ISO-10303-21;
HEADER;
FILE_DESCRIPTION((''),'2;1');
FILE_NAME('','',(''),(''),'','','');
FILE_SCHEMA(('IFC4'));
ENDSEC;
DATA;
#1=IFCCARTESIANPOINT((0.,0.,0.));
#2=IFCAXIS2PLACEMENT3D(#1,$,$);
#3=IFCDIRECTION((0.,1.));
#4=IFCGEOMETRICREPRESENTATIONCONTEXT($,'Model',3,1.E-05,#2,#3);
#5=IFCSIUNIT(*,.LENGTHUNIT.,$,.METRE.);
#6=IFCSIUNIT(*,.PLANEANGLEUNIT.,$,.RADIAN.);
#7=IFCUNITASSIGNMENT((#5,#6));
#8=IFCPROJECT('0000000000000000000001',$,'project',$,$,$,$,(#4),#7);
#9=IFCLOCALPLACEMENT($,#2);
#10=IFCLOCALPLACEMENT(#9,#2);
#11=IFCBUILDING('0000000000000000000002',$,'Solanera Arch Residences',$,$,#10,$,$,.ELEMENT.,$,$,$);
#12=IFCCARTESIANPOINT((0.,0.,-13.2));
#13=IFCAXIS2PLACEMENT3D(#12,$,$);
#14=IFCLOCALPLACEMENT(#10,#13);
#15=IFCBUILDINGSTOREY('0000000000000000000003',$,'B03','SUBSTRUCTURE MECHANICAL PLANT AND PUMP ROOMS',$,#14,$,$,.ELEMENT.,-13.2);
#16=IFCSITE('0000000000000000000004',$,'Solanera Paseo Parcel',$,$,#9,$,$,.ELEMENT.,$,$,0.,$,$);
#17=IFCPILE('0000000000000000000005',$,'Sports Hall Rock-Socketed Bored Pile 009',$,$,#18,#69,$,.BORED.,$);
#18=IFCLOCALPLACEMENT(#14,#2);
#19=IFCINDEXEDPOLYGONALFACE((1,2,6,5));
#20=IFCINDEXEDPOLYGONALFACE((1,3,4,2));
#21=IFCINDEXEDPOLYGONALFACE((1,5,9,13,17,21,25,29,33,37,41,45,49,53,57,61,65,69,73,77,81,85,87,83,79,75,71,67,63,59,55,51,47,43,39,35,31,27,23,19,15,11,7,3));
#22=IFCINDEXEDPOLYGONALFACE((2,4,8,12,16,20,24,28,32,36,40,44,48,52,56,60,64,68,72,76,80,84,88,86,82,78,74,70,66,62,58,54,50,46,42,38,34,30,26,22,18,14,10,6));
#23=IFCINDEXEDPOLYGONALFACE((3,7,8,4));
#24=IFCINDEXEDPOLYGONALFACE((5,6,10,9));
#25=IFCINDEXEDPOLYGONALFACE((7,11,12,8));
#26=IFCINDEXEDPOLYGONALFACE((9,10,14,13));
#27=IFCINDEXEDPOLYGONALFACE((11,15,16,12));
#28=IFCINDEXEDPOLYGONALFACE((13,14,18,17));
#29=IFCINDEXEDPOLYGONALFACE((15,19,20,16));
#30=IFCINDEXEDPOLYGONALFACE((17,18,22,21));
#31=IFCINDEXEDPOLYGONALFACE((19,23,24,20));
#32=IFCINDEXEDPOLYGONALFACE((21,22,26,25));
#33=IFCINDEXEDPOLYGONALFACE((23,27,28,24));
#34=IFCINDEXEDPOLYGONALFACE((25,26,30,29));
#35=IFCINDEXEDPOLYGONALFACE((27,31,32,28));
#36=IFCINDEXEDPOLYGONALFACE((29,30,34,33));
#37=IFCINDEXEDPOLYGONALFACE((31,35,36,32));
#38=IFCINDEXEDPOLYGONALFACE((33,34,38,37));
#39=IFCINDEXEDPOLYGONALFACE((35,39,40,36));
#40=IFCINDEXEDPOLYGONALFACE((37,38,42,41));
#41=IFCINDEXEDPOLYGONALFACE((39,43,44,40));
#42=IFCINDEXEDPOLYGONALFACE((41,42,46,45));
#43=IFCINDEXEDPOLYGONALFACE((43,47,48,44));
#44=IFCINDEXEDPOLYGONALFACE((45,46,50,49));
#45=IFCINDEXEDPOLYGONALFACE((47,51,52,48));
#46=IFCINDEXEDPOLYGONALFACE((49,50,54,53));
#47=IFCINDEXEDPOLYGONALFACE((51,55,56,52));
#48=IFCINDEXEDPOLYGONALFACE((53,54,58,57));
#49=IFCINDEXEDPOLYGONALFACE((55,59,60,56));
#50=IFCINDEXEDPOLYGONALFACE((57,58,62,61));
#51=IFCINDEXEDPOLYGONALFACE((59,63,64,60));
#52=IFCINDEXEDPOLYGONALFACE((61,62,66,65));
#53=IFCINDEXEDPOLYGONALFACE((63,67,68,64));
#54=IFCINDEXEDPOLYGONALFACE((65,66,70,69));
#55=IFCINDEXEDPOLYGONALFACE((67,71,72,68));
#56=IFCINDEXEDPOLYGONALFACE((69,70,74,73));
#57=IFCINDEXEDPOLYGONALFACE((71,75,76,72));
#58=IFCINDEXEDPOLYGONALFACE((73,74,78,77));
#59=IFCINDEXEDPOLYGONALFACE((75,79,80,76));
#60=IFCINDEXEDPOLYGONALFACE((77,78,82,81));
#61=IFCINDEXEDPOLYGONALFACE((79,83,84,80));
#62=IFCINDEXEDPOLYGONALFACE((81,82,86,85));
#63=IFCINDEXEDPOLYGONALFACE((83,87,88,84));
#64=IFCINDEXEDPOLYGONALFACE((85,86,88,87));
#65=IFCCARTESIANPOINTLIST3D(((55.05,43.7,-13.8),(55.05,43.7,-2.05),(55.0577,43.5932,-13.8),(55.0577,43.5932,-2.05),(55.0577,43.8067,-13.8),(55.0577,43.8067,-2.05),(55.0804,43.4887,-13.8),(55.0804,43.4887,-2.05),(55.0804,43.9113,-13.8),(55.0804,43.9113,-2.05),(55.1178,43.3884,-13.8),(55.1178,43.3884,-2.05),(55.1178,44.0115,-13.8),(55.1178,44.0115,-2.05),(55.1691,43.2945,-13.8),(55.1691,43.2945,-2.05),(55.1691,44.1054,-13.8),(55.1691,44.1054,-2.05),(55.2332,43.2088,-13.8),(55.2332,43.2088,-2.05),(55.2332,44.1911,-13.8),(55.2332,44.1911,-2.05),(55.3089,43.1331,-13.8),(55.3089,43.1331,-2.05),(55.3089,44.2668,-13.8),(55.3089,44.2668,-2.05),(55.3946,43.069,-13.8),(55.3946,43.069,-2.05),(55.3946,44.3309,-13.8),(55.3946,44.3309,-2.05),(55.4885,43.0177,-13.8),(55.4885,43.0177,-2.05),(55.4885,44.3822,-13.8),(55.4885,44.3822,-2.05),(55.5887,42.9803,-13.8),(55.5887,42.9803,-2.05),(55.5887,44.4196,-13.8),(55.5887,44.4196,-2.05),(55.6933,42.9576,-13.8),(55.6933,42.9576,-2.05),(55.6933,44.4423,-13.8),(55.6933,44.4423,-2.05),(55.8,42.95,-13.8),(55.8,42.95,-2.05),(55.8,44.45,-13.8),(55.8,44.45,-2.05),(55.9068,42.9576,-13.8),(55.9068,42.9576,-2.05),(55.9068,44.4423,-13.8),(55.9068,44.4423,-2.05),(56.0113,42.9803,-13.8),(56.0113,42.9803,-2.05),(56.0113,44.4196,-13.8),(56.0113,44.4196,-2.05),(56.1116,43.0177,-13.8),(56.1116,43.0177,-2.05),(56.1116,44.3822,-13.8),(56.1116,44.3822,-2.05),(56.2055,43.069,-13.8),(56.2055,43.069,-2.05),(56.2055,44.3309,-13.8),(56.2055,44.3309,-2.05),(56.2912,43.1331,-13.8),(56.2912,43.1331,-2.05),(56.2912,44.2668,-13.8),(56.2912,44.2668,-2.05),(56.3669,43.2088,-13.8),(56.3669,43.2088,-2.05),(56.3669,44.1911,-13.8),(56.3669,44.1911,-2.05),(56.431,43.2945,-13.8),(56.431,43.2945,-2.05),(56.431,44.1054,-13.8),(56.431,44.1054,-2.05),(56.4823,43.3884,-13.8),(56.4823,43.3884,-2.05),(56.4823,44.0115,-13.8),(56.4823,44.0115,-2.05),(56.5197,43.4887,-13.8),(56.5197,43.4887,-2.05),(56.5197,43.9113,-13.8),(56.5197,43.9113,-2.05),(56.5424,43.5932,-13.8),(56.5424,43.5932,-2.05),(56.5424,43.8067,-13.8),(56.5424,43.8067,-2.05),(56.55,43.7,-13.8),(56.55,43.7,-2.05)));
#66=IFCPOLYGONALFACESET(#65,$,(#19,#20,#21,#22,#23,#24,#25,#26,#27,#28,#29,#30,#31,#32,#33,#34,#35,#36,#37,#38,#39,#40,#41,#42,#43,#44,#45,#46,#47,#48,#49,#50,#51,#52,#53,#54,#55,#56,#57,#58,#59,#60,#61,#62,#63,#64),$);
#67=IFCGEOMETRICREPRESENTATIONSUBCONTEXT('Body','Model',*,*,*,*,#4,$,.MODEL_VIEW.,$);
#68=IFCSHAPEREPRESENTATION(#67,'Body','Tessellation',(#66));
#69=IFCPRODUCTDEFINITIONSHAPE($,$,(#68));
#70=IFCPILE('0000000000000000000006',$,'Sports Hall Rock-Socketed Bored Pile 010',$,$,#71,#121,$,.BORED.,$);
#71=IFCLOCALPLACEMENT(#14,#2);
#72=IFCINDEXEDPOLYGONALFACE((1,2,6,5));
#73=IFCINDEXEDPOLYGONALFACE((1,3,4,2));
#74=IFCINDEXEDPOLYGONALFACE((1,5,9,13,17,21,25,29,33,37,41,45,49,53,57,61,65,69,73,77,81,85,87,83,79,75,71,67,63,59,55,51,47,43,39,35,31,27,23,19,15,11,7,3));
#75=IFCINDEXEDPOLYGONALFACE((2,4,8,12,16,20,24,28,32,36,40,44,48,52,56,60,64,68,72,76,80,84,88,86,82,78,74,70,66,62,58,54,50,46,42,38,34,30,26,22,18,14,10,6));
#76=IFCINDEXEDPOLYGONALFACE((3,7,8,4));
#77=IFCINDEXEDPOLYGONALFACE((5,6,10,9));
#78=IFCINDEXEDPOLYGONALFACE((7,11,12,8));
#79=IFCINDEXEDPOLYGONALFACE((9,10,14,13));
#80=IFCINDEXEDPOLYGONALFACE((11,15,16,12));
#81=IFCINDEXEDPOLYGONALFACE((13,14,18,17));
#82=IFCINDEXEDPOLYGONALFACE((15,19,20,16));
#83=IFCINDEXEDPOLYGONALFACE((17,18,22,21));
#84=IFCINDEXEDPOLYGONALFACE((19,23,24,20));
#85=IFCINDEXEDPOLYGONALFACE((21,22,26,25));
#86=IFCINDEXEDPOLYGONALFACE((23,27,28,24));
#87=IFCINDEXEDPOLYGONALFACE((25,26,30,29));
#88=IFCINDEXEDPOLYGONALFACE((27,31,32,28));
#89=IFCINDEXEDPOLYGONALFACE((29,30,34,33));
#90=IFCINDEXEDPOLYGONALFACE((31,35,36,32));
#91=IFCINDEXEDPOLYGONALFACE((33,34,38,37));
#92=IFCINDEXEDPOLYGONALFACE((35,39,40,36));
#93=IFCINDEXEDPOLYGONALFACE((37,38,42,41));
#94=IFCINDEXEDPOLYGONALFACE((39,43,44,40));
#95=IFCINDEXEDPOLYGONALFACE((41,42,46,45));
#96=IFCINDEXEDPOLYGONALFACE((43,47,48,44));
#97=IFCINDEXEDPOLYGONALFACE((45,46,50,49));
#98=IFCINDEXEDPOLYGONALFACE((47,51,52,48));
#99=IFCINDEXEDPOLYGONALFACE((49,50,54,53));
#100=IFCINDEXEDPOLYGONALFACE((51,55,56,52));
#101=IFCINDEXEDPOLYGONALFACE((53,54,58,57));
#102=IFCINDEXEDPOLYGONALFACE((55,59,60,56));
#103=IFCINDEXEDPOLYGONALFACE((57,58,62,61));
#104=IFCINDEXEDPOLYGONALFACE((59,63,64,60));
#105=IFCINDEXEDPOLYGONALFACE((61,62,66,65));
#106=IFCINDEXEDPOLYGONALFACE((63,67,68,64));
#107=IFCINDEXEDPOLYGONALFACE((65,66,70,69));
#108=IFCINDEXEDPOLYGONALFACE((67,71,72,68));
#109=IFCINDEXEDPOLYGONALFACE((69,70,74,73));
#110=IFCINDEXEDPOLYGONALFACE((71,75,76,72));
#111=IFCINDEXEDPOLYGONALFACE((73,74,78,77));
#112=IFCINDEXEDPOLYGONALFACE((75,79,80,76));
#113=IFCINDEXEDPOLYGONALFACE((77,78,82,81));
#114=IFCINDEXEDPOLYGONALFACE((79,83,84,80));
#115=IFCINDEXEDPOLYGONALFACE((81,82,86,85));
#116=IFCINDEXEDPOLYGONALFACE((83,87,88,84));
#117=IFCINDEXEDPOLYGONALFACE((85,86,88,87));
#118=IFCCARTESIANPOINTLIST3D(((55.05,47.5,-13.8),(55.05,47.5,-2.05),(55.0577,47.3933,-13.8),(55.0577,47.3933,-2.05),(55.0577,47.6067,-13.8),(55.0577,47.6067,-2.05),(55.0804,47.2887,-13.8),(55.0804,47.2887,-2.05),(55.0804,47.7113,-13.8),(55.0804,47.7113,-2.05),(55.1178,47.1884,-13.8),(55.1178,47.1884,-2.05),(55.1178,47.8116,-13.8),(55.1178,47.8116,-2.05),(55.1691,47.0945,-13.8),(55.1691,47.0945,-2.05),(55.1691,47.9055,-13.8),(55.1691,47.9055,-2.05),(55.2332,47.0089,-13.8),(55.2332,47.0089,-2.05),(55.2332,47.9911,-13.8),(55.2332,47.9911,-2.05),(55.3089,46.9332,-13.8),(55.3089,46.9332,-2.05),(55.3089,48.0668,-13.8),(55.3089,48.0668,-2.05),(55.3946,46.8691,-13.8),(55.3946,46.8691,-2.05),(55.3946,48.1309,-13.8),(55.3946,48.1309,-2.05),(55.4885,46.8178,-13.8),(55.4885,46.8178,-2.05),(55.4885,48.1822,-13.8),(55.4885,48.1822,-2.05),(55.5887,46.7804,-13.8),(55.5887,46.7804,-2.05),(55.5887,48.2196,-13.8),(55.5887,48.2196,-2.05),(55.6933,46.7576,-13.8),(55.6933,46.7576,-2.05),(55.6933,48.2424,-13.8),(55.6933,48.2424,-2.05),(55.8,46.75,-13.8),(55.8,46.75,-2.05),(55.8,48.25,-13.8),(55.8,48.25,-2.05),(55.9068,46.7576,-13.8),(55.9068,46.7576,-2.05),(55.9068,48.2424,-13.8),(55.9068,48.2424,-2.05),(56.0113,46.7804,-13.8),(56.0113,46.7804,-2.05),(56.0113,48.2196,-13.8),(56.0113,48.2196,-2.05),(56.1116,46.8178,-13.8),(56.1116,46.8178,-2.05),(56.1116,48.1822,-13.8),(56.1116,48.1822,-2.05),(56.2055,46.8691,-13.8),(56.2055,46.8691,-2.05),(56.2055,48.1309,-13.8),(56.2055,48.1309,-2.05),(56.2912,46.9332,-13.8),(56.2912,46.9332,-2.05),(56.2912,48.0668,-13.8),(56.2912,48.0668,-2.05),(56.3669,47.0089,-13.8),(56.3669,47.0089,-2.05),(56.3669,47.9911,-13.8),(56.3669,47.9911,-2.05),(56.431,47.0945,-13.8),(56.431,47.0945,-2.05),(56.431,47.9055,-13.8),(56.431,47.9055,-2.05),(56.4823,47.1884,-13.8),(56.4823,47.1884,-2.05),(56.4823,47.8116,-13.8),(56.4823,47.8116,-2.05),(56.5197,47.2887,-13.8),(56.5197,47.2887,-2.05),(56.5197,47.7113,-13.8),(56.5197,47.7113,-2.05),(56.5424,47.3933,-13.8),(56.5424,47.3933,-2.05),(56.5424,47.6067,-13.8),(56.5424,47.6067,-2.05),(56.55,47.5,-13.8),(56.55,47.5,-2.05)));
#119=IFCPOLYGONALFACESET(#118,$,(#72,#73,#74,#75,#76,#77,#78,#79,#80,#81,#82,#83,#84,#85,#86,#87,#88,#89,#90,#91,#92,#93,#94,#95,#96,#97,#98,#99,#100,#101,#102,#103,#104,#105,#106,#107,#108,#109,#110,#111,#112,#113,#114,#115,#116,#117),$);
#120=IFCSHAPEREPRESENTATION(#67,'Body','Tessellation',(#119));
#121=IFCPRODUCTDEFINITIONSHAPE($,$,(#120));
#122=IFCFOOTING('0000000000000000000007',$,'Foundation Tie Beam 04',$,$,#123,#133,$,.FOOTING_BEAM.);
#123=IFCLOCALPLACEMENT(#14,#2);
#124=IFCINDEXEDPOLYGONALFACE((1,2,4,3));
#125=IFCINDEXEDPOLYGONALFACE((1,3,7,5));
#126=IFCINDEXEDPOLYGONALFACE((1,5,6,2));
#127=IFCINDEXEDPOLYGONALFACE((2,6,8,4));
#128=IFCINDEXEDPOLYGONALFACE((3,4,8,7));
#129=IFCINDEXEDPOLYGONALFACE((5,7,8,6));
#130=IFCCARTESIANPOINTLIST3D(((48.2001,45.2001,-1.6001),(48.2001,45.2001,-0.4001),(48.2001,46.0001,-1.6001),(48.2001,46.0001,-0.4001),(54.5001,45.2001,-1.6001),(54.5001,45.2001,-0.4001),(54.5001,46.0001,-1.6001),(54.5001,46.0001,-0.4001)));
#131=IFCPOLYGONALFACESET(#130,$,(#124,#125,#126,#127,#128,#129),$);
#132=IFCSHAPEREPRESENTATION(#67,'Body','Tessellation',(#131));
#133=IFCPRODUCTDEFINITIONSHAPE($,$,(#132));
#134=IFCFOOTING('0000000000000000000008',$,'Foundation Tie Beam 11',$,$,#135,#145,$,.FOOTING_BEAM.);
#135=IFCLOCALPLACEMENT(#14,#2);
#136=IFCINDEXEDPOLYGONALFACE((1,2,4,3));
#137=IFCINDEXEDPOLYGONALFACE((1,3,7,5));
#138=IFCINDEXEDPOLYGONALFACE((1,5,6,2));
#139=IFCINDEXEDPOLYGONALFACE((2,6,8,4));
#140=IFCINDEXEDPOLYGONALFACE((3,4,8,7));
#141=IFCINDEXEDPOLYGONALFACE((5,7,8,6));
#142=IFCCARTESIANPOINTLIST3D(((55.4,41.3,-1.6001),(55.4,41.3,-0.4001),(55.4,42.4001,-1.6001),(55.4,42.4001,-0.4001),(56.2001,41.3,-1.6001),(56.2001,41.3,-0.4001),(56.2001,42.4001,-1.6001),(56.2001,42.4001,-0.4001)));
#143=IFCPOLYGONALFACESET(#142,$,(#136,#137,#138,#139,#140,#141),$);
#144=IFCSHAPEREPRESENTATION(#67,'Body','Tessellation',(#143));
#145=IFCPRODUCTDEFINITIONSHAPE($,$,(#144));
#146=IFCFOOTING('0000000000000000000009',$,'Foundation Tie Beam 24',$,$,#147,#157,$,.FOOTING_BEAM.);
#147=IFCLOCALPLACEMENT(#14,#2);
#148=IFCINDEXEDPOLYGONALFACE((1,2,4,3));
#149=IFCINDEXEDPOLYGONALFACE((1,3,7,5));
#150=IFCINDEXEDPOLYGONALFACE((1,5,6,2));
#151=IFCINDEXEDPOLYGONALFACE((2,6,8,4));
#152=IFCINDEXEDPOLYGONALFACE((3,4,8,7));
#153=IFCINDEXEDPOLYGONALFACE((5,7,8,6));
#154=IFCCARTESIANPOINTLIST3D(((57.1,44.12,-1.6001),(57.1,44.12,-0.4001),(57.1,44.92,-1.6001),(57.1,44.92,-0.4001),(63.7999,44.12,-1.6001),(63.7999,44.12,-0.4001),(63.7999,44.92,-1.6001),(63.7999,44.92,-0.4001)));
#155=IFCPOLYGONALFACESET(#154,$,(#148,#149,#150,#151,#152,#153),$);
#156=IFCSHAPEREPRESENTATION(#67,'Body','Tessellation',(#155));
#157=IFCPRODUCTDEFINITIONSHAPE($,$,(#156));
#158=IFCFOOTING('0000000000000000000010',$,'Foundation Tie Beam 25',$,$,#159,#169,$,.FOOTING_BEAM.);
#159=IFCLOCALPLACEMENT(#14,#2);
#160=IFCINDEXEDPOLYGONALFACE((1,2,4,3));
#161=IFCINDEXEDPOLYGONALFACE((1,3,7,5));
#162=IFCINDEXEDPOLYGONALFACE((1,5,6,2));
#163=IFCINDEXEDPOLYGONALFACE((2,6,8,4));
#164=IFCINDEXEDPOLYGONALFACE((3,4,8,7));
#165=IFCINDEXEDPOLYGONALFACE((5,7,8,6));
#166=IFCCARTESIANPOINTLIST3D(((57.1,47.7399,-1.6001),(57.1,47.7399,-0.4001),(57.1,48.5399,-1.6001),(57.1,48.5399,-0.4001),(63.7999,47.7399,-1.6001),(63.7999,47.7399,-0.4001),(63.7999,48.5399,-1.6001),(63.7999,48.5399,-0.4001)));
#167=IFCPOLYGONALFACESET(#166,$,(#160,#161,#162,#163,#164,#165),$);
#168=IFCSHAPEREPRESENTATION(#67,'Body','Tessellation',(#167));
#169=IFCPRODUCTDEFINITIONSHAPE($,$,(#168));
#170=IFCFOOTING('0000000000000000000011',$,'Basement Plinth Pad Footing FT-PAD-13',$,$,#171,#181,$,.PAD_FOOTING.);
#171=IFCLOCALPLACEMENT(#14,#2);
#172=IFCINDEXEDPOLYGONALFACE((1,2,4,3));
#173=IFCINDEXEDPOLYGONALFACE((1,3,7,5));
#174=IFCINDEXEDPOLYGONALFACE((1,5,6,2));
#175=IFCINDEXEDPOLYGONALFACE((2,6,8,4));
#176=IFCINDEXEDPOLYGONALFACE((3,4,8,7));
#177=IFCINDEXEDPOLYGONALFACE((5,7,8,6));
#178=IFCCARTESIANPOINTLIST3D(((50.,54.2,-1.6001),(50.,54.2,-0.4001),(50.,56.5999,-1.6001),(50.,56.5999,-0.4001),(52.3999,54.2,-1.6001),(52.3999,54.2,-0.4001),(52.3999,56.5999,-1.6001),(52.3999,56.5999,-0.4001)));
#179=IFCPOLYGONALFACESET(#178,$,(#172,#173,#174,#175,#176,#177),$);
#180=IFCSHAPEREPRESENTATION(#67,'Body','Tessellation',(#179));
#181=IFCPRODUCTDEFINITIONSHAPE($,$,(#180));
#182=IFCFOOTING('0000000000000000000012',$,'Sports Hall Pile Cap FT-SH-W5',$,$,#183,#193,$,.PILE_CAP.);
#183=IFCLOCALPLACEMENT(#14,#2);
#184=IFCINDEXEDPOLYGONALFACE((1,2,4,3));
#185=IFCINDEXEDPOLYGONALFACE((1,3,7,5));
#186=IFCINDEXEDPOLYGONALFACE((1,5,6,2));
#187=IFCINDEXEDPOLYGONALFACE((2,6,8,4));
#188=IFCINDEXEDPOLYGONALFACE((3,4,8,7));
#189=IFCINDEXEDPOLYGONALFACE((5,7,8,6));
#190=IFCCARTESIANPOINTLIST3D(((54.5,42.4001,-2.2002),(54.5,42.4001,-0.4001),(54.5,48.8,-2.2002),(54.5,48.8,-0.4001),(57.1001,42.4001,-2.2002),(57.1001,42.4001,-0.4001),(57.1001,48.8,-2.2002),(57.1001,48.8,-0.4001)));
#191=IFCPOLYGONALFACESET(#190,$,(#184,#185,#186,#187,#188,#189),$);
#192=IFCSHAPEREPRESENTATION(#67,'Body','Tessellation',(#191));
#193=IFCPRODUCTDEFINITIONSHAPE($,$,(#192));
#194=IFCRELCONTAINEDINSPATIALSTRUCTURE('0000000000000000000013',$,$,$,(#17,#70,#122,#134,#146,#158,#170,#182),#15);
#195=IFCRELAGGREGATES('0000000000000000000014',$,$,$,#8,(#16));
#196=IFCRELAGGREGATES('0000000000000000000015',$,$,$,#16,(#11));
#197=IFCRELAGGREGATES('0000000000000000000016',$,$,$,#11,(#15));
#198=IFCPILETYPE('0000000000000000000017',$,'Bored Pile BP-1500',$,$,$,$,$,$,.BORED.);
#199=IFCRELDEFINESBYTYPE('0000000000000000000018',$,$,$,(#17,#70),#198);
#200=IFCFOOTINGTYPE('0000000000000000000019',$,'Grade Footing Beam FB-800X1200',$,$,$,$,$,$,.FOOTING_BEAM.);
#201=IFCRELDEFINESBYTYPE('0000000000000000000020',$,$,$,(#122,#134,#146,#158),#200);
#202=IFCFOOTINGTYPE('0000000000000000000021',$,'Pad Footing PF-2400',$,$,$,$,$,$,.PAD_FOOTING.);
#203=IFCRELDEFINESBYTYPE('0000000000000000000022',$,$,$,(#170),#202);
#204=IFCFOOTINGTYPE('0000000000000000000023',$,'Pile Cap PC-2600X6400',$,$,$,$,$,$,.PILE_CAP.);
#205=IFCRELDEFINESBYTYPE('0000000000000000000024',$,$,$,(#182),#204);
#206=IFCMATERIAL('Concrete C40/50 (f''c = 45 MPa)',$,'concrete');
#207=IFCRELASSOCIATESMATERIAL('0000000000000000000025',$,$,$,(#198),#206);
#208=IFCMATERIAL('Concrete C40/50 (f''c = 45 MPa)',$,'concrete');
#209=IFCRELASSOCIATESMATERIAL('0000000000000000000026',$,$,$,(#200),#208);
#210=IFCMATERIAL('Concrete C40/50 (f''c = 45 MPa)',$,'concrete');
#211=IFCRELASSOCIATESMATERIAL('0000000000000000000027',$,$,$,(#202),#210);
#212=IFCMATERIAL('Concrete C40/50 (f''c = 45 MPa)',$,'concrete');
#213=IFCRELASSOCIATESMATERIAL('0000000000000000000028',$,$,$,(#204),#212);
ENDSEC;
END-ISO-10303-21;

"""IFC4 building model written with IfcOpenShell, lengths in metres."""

from ifc_helpers import new_model, si_unit, direction, frame, origin, origin_2d, place, context, subcontext, project, spatial, rectangle, circle, extrude, material, material_profile, profile_set, type_object, element, save


model = new_model("IFC4")

# Units and contexts
model_context = context("Model", 3, precision=1e-05, world=origin(), true_north=direction((0.0, 1.0)))
body_context = subcontext(model_context, "Body", "Model", "MODEL_VIEW")
ifc_project = project(units=[si_unit("LENGTHUNIT", "METRE"), si_unit("PLANEANGLEUNIT", "RADIAN")], contexts=[model_context])

# Site, building, storey
site_placement = place(None, origin())
site = spatial("IfcSite", under=ifc_project, at=site_placement, Name="Solanera Paseo Parcel", CompositionType="ELEMENT", RefElevation=0.0)
building_placement = place(site_placement, origin())
building = spatial("IfcBuilding", under=site, at=building_placement, Name="Solanera Arch Residences", CompositionType="ELEMENT")
storey_placement = place(building_placement, frame((0.0, 0.0, -13.2)))
storey = spatial("IfcBuildingStorey", under=building, at=storey_placement, Name="B03", Description="SUBSTRUCTURE MECHANICAL PLANT AND PUMP ROOMS", CompositionType="ELEMENT", Elevation=-13.2)

# Piles
ifc_material_1 = material(Name="Concrete C40/50 (f'c = 45 MPa)", Category="concrete")
ifc_material_profile_1 = material_profile(ifc_material_1, circle(Radius=0.75, at=origin_2d()))
ifc_profile_set_1 = profile_set([ifc_material_profile_1], Name="Concrete C40/50 (f'c = 45 MPa)")
pile_type = type_object("IfcPileType", Name="Bored Pile BP-1500", PredefinedType="BORED", material=ifc_profile_set_1)
for number, where, z_axis, x_axis, name in (
    (1, (55.8, 43.7, -2.05), (0.0, 0.0, -1.0), (1.0, 0.0, 0.0), "Sports Hall Rock-Socketed Bored Pile 009"),
    (2, (55.8, 47.5, -2.05), (0.0, 0.0, -1.0), (1.0, 0.0, 0.0), "Sports Hall Rock-Socketed Bored Pile 010"),
):
    element("IfcPile", number, at=place(storey_placement, frame(where, z_axis=z_axis, x_axis=x_axis)), inside=storey, type_object=pile_type, Name=name, PredefinedType="BORED", context=body_context, shape_type="SweptSolid", body=[
        extrude(circle(Radius=0.75, at=origin_2d()), origin(), (0.0, 0.0, 1.0), 11.75),
    ])

# Footings
ifc_material_2 = material(Name="Concrete C40/50 (f'c = 45 MPa)", Category="concrete")
footing_type_1 = type_object("IfcFootingType", Name="Grade Footing Beam FB-800X1200", PredefinedType="FOOTING_BEAM", material=ifc_material_2)
footing_1_placement = place(storey_placement, frame((51.3501, 45.6001, -1.6001), z_axis=(0.0, 0.0, 1.0), x_axis=(1.0, 0.0, 0.0)))
element("IfcFooting", 3, at=footing_1_placement, inside=storey, type_object=footing_type_1, Name="Foundation Tie Beam 04", PredefinedType="FOOTING_BEAM", context=body_context, shape_type="SweptSolid", body=[
    extrude(rectangle(XDim=6.3, YDim=0.8, at=origin_2d()), origin(), (0.0, 0.0, 1.0), 1.2),
])
footing_2_placement = place(storey_placement, frame((55.8, 41.8501, -1.6001), z_axis=(0.0, 0.0, 1.0), x_axis=(1.0, 0.0, 0.0)))
element("IfcFooting", 4, at=footing_2_placement, inside=storey, type_object=footing_type_1, Name="Foundation Tie Beam 11", PredefinedType="FOOTING_BEAM", context=body_context, shape_type="SweptSolid", body=[
    extrude(rectangle(XDim=0.8, YDim=1.1001, at=origin_2d()), origin(), (0.0, 0.0, 1.0), 1.2),
])
for number, where, z_axis, x_axis, name in (
    (5, (60.45, 44.52, -1.6001), (0.0, 0.0, 1.0), (1.0, 0.0, 0.0), "Foundation Tie Beam 24"),
    (6, (60.45, 48.1399, -1.6001), (0.0, 0.0, 1.0), (1.0, 0.0, 0.0), "Foundation Tie Beam 25"),
):
    element("IfcFooting", number, at=place(storey_placement, frame(where, z_axis=z_axis, x_axis=x_axis)), inside=storey, type_object=footing_type_1, Name=name, PredefinedType="FOOTING_BEAM", context=body_context, shape_type="SweptSolid", body=[
        extrude(rectangle(XDim=6.7, YDim=0.8, at=origin_2d()), origin(), (0.0, 0.0, 1.0), 1.2),
    ])
ifc_material_3 = material(Name="Concrete C40/50 (f'c = 45 MPa)", Category="concrete")
footing_type_2 = type_object("IfcFootingType", Name="Pad Footing PF-2400", PredefinedType="PAD_FOOTING", material=ifc_material_3)
footing_3_placement = place(storey_placement, frame((51.2, 55.3999, -1.6001), z_axis=(0.0, 0.0, 1.0), x_axis=(1.0, 0.0, 0.0)))
element("IfcFooting", 7, at=footing_3_placement, inside=storey, type_object=footing_type_2, Name="Basement Plinth Pad Footing FT-PAD-13", PredefinedType="PAD_FOOTING", context=body_context, shape_type="SweptSolid", body=[
    extrude(rectangle(XDim=2.3999, YDim=2.3999, at=origin_2d()), origin(), (0.0, 0.0, 1.0), 1.2),
])
ifc_material_4 = material(Name="Concrete C40/50 (f'c = 45 MPa)", Category="concrete")
footing_type_3 = type_object("IfcFootingType", Name="Pile Cap PC-2600X6400", PredefinedType="PILE_CAP", material=ifc_material_4)
footing_4_placement = place(storey_placement, frame((55.8, 45.6001, -2.2002), z_axis=(0.0, 0.0, 1.0), x_axis=(1.0, 0.0, 0.0)))
element("IfcFooting", 8, at=footing_4_placement, inside=storey, type_object=footing_type_3, Name="Sports Hall Pile Cap FT-SH-W5", PredefinedType="PILE_CAP", context=body_context, shape_type="SweptSolid", body=[
    extrude(rectangle(XDim=2.6001, YDim=6.3999, at=origin_2d()), origin(), (0.0, 0.0, 1.0), 1.8),
])

save(model, "model.ifc")
